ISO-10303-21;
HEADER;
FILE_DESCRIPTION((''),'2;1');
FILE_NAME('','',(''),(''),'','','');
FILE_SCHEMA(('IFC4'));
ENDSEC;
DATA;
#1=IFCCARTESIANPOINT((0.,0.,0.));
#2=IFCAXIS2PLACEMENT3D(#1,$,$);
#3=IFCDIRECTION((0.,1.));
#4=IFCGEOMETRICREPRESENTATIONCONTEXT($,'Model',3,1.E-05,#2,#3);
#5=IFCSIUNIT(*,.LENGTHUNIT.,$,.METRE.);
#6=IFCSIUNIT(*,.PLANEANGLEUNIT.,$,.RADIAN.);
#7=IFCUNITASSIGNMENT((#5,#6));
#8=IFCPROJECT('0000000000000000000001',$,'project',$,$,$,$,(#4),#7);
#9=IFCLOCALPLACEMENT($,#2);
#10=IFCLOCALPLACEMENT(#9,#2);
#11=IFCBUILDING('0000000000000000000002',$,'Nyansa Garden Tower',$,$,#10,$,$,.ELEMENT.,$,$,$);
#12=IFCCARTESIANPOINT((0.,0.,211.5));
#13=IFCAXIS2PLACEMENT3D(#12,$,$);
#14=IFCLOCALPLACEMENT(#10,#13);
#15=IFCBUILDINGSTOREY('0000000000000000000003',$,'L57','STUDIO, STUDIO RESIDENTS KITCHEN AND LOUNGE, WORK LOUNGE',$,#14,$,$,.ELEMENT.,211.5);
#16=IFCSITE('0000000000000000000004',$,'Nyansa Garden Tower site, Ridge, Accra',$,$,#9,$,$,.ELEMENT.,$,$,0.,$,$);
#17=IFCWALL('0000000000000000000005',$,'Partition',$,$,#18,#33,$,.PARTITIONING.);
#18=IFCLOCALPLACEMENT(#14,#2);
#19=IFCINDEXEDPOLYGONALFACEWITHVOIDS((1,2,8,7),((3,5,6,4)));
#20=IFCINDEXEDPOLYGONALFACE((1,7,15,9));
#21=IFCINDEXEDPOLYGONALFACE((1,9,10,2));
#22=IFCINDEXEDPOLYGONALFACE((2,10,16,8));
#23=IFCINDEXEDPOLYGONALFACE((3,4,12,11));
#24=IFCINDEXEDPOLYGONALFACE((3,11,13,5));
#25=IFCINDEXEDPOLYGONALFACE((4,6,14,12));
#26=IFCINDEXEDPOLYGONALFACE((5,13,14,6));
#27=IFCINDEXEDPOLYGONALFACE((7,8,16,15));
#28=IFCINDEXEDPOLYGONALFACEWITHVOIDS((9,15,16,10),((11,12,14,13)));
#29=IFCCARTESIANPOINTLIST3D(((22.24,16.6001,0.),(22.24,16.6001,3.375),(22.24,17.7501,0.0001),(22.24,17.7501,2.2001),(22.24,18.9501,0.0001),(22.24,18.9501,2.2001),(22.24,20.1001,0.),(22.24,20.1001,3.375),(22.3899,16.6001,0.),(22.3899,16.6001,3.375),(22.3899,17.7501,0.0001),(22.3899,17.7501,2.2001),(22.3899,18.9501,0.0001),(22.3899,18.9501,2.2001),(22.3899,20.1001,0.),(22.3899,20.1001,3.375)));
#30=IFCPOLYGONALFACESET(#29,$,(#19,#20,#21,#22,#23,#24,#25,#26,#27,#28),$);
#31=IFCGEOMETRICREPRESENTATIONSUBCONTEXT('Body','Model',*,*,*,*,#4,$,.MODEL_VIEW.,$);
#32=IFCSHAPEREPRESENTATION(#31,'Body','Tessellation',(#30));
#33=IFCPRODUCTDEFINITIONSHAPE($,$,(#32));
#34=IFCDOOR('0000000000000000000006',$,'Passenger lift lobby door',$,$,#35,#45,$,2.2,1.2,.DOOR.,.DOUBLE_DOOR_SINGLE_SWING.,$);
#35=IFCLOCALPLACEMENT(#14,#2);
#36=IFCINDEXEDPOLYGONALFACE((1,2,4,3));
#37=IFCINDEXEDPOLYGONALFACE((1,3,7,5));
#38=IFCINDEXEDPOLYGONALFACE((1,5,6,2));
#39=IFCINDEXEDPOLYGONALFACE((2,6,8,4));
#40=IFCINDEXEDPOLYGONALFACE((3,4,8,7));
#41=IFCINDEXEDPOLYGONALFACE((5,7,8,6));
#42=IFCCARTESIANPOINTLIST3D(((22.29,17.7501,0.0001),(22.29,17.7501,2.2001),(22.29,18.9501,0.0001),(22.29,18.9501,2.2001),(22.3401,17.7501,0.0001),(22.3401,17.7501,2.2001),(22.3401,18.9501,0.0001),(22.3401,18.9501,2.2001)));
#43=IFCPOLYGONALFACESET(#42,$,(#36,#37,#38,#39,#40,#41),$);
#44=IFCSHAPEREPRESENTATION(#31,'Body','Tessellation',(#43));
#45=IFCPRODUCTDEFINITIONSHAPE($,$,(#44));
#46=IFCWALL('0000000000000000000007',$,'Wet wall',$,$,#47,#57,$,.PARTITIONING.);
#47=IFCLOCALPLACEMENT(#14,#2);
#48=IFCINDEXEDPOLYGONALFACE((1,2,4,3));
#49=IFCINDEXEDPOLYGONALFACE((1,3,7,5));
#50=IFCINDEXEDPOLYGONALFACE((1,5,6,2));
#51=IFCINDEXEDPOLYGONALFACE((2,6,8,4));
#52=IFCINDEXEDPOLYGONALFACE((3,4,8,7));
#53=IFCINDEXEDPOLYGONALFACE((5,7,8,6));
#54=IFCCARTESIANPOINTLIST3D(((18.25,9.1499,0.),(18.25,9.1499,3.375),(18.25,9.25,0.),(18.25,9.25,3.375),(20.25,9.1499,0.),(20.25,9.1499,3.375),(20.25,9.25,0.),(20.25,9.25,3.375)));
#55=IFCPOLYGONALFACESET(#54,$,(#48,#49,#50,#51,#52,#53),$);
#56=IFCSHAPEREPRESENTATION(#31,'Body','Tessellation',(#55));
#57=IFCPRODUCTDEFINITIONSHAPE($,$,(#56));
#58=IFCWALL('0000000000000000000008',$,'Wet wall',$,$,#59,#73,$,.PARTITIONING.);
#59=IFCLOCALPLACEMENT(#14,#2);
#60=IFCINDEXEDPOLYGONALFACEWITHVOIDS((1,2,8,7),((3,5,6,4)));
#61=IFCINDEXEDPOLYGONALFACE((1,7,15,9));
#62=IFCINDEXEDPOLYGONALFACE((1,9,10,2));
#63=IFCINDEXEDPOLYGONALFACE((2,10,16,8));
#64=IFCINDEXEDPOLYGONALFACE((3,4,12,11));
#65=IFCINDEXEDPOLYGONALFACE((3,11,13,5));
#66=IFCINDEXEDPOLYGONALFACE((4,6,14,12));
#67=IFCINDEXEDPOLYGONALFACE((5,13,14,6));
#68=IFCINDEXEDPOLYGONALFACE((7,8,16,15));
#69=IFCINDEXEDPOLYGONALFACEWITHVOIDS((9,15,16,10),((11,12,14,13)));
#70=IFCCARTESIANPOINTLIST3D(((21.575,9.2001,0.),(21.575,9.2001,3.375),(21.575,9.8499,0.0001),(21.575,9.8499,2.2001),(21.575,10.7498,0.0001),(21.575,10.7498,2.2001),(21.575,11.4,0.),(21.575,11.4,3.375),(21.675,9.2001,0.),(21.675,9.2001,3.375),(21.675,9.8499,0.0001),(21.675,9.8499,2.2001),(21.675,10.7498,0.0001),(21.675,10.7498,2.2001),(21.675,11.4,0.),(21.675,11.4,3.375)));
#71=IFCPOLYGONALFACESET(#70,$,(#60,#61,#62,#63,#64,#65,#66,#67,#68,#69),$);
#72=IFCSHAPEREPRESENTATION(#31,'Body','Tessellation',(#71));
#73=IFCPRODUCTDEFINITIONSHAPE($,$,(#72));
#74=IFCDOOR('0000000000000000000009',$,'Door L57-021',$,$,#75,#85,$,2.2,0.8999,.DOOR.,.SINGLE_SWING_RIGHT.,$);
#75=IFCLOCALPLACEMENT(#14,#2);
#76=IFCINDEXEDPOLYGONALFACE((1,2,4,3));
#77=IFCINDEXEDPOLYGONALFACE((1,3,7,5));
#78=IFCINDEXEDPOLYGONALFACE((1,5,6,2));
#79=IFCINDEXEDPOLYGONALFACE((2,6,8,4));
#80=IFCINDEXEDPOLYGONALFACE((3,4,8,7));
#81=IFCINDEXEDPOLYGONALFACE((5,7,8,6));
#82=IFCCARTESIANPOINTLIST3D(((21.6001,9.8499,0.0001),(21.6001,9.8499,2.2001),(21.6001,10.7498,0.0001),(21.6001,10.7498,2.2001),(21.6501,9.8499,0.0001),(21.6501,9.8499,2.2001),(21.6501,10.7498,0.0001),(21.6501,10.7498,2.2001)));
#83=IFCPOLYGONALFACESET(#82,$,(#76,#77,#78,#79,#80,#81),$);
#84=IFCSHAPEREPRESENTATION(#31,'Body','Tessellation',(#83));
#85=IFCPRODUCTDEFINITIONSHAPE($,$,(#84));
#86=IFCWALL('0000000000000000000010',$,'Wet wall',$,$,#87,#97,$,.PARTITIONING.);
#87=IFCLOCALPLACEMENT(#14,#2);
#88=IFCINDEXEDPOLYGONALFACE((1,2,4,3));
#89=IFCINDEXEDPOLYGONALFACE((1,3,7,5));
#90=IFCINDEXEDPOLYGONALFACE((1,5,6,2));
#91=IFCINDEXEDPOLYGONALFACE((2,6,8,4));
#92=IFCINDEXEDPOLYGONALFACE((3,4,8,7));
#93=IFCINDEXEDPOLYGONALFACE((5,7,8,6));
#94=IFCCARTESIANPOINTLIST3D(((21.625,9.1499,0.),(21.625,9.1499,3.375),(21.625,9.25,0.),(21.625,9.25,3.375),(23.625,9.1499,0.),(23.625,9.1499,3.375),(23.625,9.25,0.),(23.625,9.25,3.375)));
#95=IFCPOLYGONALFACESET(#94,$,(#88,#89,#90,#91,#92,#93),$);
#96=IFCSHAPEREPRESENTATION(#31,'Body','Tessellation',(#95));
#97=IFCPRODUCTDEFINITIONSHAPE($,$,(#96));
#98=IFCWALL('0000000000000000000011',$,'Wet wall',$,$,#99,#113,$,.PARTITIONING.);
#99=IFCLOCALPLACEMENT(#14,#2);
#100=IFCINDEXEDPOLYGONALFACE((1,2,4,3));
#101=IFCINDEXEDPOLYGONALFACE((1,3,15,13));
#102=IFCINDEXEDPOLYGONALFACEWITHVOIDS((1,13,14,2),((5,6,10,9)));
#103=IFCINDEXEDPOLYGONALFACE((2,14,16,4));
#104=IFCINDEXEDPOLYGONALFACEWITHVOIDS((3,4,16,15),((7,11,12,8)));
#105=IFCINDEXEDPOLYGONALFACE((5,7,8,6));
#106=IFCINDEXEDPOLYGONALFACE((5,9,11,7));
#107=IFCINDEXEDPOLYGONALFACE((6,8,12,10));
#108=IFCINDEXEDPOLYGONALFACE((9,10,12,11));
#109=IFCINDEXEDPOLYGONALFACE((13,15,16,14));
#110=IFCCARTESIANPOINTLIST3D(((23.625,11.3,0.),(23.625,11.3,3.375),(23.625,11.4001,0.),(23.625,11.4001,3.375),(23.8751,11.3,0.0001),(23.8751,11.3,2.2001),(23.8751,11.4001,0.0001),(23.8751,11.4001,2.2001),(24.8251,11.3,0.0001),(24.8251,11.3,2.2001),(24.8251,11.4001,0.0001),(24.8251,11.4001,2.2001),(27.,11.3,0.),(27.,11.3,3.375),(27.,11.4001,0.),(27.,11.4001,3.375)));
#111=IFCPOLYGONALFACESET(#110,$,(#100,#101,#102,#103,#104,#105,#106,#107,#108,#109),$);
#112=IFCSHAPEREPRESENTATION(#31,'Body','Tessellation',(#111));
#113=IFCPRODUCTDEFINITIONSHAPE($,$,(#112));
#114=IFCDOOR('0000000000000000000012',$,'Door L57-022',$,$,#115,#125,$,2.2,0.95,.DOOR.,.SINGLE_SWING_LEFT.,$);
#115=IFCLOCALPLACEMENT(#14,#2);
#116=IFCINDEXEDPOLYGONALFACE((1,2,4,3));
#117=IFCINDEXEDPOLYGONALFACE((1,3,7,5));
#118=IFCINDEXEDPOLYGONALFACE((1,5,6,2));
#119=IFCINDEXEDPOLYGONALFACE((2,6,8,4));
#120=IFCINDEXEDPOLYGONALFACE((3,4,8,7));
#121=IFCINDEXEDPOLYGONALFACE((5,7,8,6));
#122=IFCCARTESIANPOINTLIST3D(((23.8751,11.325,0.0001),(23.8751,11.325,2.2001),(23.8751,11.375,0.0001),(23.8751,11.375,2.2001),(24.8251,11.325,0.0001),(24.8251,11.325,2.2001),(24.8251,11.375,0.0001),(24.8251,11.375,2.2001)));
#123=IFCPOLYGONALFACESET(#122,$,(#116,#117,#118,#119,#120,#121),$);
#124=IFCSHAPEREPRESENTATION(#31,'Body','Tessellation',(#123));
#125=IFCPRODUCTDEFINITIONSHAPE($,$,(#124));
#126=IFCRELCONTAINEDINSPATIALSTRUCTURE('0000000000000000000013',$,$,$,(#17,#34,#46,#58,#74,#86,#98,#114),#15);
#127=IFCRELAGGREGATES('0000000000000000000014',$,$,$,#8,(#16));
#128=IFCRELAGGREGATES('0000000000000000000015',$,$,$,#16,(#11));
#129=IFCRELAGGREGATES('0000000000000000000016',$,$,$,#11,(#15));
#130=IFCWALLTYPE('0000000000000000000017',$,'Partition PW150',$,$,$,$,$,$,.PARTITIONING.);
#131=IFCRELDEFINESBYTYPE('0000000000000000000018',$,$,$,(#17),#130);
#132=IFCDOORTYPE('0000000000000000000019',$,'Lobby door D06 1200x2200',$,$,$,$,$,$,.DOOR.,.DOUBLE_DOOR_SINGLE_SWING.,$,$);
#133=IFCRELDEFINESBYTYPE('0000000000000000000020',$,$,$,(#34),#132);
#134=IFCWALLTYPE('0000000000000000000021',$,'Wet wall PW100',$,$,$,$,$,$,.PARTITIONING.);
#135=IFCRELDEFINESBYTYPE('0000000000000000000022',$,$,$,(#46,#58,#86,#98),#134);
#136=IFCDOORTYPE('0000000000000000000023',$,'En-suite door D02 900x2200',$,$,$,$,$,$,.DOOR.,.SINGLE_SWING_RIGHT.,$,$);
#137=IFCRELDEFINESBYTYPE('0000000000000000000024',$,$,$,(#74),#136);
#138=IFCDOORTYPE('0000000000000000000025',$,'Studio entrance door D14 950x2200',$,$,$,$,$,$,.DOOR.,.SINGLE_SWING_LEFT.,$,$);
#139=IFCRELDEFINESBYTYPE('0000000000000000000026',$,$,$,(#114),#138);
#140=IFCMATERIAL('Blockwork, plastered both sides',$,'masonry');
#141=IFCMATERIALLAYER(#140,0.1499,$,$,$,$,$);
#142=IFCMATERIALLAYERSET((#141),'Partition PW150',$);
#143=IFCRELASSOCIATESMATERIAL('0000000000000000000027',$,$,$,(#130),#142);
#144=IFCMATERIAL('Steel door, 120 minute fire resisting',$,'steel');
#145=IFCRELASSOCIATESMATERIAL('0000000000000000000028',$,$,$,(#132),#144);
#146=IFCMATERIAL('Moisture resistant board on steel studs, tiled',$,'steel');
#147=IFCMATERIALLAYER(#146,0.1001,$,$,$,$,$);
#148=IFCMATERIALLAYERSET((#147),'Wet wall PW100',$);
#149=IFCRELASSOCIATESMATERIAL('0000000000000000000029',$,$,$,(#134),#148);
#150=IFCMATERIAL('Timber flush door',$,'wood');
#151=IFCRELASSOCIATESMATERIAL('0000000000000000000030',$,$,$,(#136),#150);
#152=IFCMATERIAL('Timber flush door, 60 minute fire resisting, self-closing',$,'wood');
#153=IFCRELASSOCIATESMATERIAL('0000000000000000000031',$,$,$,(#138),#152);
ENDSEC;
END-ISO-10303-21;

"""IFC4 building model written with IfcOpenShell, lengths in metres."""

from ifc_helpers import new_model, si_unit, direction, frame, frame_2d, origin, place, context, subcontext, project, spatial, rectangle, extrude, material, layer, layer_set, type_object, element, fill, save


model = new_model("IFC4")

# Units and contexts
model_context = context("Model", 3, precision=1e-05, world=origin(), true_north=direction((0.0, 1.0)))
body_context = subcontext(model_context, "Body", "Model", "MODEL_VIEW")
ifc_project = project(units=[si_unit("LENGTHUNIT", "METRE"), si_unit("PLANEANGLEUNIT", "RADIAN")], contexts=[model_context])

# Site, building, storey
site_placement = place(None, origin())
site = spatial("IfcSite", under=ifc_project, at=site_placement, Name="Nyansa Garden Tower site, Ridge, Accra", CompositionType="ELEMENT", RefElevation=0.0)
building_placement = place(site_placement, origin())
building = spatial("IfcBuilding", under=site, at=building_placement, Name="Nyansa Garden Tower", CompositionType="ELEMENT")
storey_placement = place(building_placement, frame((0.0, 0.0, 211.5)))
storey = spatial("IfcBuildingStorey", under=building, at=storey_placement, Name="L57", Description="STUDIO, STUDIO RESIDENTS KITCHEN AND LOUNGE, WORK LOUNGE", CompositionType="ELEMENT", Elevation=211.5)

# Wall, opening, door
ifc_material_1 = material(Name="Blockwork, plastered both sides", Category="masonry")
ifc_layer_1 = layer(ifc_material_1, 0.1499)
ifc_layer_set_1 = layer_set([ifc_layer_1], Name="Partition PW150")
wall_type_1 = type_object("IfcWallType", Name="Partition PW150", PredefinedType="PARTITIONING", material=ifc_layer_set_1)
ifc_material_2 = material(Name="Steel door, 120 minute fire resisting", Category="steel")
door_type_1 = type_object("IfcDoorType", Name="Lobby door D06 1200x2200", OperationType="DOUBLE_DOOR_SINGLE_SWING", PredefinedType="DOOR", material=ifc_material_2)
wall_1_placement = place(storey_placement, frame((22.3149, 16.6001, 0.0), z_axis=(0.0, 0.0, 1.0), x_axis=(0.0, 1.0, 0.0)))
wall_1 = element("IfcWall", 1, at=wall_1_placement, inside=storey, type_object=wall_type_1, Name="Partition", PredefinedType="PARTITIONING", context=body_context, shape_type="SweptSolid", body=[
    extrude(rectangle(XDim=3.5, YDim=0.1499, at=frame_2d((1.75, 0.0))), origin(), (0.0, 0.0, 1.0), 3.375),
])
opening_1_placement = place(wall_1_placement, frame((1.1499, 0.0, 0.0)))
opening_1 = element("IfcOpeningElement", 2, at=opening_1_placement, cuts=wall_1, PredefinedType="OPENING", context=body_context, shape_type="SweptSolid", body=[
    extrude(rectangle(XDim=1.2, YDim=2.2, at=frame_2d((0.6001, 1.1001))), frame((0.0, 0.085, 0.0), z_axis=(0.0, -1.0, 0.0), x_axis=(1.0, 0.0, 0.0)), (0.0, 0.0, 1.0), 0.1699),
])
door_1_placement = place(opening_1_placement, origin())
door_1 = element("IfcDoor", 3, at=door_1_placement, inside=storey, type_object=door_type_1, Name="Passenger lift lobby door", OperationType="DOUBLE_DOOR_SINGLE_SWING", OverallHeight=2.2, OverallWidth=1.2, PredefinedType="DOOR", context=body_context, shape_type="SweptSolid", body=[
    extrude(rectangle(XDim=1.2, YDim=2.2, at=frame_2d((0.6001, 1.1001))), frame((0.0, 0.0249, 0.0), z_axis=(0.0, -1.0, 0.0), x_axis=(1.0, 0.0, 0.0)), (0.0, 0.0, 1.0), 0.05),
])
fill(opening_1, door_1)

# Wall
ifc_material_3 = material(Name="Moisture resistant board on steel studs, tiled", Category="steel")
ifc_layer_2 = layer(ifc_material_3, 0.1001)
ifc_layer_set_2 = layer_set([ifc_layer_2], Name="Wet wall PW100")
wall_type_2 = type_object("IfcWallType", Name="Wet wall PW100", PredefinedType="PARTITIONING", material=ifc_layer_set_2)
wall_2_placement = place(storey_placement, frame((18.25, 9.2, 0.0), z_axis=(0.0, 0.0, 1.0), x_axis=(1.0, 0.0, 0.0)))
element("IfcWall", 4, at=wall_2_placement, inside=storey, type_object=wall_type_2, Name="Wet wall", PredefinedType="PARTITIONING", context=body_context, shape_type="SweptSolid", body=[
    extrude(rectangle(XDim=2.0, YDim=0.1001, at=frame_2d((1.0, 0.0))), origin(), (0.0, 0.0, 1.0), 3.375),
])

# Wall, opening, door
wall_3_placement = place(storey_placement, frame((21.625, 9.2, 0.0), z_axis=(0.0, 0.0, 1.0), x_axis=(0.0, 1.0, 0.0)))
wall_3 = element("IfcWall", 5, at=wall_3_placement, inside=storey, type_object=wall_type_2, Name="Wet wall", PredefinedType="PARTITIONING", context=body_context, shape_type="SweptSolid", body=[
    extrude(rectangle(XDim=2.2, YDim=0.1001, at=frame_2d((1.1001, 0.0))), origin(), (0.0, 0.0, 1.0), 3.375),
])
opening_2_placement = place(wall_3_placement, frame((0.6499, 0.0, 0.0)))
opening_2 = element("IfcOpeningElement", 6, at=opening_2_placement, cuts=wall_3, PredefinedType="OPENING", context=body_context, shape_type="SweptSolid", body=[
    extrude(rectangle(XDim=0.8999, YDim=2.2, at=frame_2d((0.45, 1.1001))), frame((0.0, 0.0601, 0.0), z_axis=(0.0, -1.0, 0.0), x_axis=(1.0, 0.0, 0.0)), (0.0, 0.0, 1.0), 0.1201),
])
ifc_material_4 = material(Name="Timber flush door", Category="wood")
door_type_2 = type_object("IfcDoorType", Name="En-suite door D02 900x2200", OperationType="SINGLE_SWING_RIGHT", PredefinedType="DOOR", material=ifc_material_4)
door_2_placement = place(opening_2_placement, origin())
door_2 = element("IfcDoor", 7, at=door_2_placement, inside=storey, type_object=door_type_2, Name="Door L57-021", OperationType="SINGLE_SWING_RIGHT", OverallHeight=2.2, OverallWidth=0.8999, PredefinedType="DOOR", context=body_context, shape_type="SweptSolid", body=[
    extrude(rectangle(XDim=0.8999, YDim=2.2, at=frame_2d((0.45, 1.1001))), frame((0.0, 0.0249, 0.0), z_axis=(0.0, -1.0, 0.0), x_axis=(1.0, 0.0, 0.0)), (0.0, 0.0, 1.0), 0.05),
])
fill(opening_2, door_2)

# Wall
wall_4_placement = place(storey_placement, frame((21.625, 9.2, 0.0), z_axis=(0.0, 0.0, 1.0), x_axis=(1.0, 0.0, 0.0)))
element("IfcWall", 8, at=wall_4_placement, inside=storey, type_object=wall_type_2, Name="Wet wall", PredefinedType="PARTITIONING", context=body_context, shape_type="SweptSolid", body=[
    extrude(rectangle(XDim=2.0, YDim=0.1001, at=frame_2d((1.0, 0.0))), origin(), (0.0, 0.0, 1.0), 3.375),
])

# Wall, opening, door
wall_5_placement = place(storey_placement, frame((23.625, 11.3501, 0.0), z_axis=(0.0, 0.0, 1.0), x_axis=(1.0, 0.0, 0.0)))
wall_5 = element("IfcWall", 9, at=wall_5_placement, inside=storey, type_object=wall_type_2, Name="Wet wall", PredefinedType="PARTITIONING", context=body_context, shape_type="SweptSolid", body=[
    extrude(rectangle(XDim=3.375, YDim=0.1001, at=frame_2d((1.6875, 0.0))), origin(), (0.0, 0.0, 1.0), 3.375),
])
opening_3_placement = place(wall_5_placement, frame((0.25, 0.0, 0.0)))
opening_3 = element("IfcOpeningElement", 10, at=opening_3_placement, cuts=wall_5, PredefinedType="OPENING", context=body_context, shape_type="SweptSolid", body=[
    extrude(rectangle(XDim=0.95, YDim=2.2, at=frame_2d((0.4751, 1.1001))), frame((0.0, 0.0601, 0.0), z_axis=(0.0, -1.0, 0.0), x_axis=(1.0, 0.0, 0.0)), (0.0, 0.0, 1.0), 0.1201),
])
ifc_material_5 = material(Name="Timber flush door, 60 minute fire resisting, self-closing", Category="wood")
door_type_3 = type_object("IfcDoorType", Name="Studio entrance door D14 950x2200", OperationType="SINGLE_SWING_LEFT", PredefinedType="DOOR", material=ifc_material_5)
door_3_placement = place(opening_3_placement, origin())
door_3 = element("IfcDoor", 11, at=door_3_placement, inside=storey, type_object=door_type_3, Name="Door L57-022", OperationType="SINGLE_SWING_LEFT", OverallHeight=2.2, OverallWidth=0.95, PredefinedType="DOOR", context=body_context, shape_type="SweptSolid", body=[
    extrude(rectangle(XDim=0.95, YDim=2.2, at=frame_2d((0.4751, 1.1001))), frame((0.0, 0.0249, 0.0), z_axis=(0.0, -1.0, 0.0), x_axis=(1.0, 0.0, 0.0)), (0.0, 0.0, 1.0), 0.05),
])
fill(opening_3, door_3)

save(model, "model.ifc")
